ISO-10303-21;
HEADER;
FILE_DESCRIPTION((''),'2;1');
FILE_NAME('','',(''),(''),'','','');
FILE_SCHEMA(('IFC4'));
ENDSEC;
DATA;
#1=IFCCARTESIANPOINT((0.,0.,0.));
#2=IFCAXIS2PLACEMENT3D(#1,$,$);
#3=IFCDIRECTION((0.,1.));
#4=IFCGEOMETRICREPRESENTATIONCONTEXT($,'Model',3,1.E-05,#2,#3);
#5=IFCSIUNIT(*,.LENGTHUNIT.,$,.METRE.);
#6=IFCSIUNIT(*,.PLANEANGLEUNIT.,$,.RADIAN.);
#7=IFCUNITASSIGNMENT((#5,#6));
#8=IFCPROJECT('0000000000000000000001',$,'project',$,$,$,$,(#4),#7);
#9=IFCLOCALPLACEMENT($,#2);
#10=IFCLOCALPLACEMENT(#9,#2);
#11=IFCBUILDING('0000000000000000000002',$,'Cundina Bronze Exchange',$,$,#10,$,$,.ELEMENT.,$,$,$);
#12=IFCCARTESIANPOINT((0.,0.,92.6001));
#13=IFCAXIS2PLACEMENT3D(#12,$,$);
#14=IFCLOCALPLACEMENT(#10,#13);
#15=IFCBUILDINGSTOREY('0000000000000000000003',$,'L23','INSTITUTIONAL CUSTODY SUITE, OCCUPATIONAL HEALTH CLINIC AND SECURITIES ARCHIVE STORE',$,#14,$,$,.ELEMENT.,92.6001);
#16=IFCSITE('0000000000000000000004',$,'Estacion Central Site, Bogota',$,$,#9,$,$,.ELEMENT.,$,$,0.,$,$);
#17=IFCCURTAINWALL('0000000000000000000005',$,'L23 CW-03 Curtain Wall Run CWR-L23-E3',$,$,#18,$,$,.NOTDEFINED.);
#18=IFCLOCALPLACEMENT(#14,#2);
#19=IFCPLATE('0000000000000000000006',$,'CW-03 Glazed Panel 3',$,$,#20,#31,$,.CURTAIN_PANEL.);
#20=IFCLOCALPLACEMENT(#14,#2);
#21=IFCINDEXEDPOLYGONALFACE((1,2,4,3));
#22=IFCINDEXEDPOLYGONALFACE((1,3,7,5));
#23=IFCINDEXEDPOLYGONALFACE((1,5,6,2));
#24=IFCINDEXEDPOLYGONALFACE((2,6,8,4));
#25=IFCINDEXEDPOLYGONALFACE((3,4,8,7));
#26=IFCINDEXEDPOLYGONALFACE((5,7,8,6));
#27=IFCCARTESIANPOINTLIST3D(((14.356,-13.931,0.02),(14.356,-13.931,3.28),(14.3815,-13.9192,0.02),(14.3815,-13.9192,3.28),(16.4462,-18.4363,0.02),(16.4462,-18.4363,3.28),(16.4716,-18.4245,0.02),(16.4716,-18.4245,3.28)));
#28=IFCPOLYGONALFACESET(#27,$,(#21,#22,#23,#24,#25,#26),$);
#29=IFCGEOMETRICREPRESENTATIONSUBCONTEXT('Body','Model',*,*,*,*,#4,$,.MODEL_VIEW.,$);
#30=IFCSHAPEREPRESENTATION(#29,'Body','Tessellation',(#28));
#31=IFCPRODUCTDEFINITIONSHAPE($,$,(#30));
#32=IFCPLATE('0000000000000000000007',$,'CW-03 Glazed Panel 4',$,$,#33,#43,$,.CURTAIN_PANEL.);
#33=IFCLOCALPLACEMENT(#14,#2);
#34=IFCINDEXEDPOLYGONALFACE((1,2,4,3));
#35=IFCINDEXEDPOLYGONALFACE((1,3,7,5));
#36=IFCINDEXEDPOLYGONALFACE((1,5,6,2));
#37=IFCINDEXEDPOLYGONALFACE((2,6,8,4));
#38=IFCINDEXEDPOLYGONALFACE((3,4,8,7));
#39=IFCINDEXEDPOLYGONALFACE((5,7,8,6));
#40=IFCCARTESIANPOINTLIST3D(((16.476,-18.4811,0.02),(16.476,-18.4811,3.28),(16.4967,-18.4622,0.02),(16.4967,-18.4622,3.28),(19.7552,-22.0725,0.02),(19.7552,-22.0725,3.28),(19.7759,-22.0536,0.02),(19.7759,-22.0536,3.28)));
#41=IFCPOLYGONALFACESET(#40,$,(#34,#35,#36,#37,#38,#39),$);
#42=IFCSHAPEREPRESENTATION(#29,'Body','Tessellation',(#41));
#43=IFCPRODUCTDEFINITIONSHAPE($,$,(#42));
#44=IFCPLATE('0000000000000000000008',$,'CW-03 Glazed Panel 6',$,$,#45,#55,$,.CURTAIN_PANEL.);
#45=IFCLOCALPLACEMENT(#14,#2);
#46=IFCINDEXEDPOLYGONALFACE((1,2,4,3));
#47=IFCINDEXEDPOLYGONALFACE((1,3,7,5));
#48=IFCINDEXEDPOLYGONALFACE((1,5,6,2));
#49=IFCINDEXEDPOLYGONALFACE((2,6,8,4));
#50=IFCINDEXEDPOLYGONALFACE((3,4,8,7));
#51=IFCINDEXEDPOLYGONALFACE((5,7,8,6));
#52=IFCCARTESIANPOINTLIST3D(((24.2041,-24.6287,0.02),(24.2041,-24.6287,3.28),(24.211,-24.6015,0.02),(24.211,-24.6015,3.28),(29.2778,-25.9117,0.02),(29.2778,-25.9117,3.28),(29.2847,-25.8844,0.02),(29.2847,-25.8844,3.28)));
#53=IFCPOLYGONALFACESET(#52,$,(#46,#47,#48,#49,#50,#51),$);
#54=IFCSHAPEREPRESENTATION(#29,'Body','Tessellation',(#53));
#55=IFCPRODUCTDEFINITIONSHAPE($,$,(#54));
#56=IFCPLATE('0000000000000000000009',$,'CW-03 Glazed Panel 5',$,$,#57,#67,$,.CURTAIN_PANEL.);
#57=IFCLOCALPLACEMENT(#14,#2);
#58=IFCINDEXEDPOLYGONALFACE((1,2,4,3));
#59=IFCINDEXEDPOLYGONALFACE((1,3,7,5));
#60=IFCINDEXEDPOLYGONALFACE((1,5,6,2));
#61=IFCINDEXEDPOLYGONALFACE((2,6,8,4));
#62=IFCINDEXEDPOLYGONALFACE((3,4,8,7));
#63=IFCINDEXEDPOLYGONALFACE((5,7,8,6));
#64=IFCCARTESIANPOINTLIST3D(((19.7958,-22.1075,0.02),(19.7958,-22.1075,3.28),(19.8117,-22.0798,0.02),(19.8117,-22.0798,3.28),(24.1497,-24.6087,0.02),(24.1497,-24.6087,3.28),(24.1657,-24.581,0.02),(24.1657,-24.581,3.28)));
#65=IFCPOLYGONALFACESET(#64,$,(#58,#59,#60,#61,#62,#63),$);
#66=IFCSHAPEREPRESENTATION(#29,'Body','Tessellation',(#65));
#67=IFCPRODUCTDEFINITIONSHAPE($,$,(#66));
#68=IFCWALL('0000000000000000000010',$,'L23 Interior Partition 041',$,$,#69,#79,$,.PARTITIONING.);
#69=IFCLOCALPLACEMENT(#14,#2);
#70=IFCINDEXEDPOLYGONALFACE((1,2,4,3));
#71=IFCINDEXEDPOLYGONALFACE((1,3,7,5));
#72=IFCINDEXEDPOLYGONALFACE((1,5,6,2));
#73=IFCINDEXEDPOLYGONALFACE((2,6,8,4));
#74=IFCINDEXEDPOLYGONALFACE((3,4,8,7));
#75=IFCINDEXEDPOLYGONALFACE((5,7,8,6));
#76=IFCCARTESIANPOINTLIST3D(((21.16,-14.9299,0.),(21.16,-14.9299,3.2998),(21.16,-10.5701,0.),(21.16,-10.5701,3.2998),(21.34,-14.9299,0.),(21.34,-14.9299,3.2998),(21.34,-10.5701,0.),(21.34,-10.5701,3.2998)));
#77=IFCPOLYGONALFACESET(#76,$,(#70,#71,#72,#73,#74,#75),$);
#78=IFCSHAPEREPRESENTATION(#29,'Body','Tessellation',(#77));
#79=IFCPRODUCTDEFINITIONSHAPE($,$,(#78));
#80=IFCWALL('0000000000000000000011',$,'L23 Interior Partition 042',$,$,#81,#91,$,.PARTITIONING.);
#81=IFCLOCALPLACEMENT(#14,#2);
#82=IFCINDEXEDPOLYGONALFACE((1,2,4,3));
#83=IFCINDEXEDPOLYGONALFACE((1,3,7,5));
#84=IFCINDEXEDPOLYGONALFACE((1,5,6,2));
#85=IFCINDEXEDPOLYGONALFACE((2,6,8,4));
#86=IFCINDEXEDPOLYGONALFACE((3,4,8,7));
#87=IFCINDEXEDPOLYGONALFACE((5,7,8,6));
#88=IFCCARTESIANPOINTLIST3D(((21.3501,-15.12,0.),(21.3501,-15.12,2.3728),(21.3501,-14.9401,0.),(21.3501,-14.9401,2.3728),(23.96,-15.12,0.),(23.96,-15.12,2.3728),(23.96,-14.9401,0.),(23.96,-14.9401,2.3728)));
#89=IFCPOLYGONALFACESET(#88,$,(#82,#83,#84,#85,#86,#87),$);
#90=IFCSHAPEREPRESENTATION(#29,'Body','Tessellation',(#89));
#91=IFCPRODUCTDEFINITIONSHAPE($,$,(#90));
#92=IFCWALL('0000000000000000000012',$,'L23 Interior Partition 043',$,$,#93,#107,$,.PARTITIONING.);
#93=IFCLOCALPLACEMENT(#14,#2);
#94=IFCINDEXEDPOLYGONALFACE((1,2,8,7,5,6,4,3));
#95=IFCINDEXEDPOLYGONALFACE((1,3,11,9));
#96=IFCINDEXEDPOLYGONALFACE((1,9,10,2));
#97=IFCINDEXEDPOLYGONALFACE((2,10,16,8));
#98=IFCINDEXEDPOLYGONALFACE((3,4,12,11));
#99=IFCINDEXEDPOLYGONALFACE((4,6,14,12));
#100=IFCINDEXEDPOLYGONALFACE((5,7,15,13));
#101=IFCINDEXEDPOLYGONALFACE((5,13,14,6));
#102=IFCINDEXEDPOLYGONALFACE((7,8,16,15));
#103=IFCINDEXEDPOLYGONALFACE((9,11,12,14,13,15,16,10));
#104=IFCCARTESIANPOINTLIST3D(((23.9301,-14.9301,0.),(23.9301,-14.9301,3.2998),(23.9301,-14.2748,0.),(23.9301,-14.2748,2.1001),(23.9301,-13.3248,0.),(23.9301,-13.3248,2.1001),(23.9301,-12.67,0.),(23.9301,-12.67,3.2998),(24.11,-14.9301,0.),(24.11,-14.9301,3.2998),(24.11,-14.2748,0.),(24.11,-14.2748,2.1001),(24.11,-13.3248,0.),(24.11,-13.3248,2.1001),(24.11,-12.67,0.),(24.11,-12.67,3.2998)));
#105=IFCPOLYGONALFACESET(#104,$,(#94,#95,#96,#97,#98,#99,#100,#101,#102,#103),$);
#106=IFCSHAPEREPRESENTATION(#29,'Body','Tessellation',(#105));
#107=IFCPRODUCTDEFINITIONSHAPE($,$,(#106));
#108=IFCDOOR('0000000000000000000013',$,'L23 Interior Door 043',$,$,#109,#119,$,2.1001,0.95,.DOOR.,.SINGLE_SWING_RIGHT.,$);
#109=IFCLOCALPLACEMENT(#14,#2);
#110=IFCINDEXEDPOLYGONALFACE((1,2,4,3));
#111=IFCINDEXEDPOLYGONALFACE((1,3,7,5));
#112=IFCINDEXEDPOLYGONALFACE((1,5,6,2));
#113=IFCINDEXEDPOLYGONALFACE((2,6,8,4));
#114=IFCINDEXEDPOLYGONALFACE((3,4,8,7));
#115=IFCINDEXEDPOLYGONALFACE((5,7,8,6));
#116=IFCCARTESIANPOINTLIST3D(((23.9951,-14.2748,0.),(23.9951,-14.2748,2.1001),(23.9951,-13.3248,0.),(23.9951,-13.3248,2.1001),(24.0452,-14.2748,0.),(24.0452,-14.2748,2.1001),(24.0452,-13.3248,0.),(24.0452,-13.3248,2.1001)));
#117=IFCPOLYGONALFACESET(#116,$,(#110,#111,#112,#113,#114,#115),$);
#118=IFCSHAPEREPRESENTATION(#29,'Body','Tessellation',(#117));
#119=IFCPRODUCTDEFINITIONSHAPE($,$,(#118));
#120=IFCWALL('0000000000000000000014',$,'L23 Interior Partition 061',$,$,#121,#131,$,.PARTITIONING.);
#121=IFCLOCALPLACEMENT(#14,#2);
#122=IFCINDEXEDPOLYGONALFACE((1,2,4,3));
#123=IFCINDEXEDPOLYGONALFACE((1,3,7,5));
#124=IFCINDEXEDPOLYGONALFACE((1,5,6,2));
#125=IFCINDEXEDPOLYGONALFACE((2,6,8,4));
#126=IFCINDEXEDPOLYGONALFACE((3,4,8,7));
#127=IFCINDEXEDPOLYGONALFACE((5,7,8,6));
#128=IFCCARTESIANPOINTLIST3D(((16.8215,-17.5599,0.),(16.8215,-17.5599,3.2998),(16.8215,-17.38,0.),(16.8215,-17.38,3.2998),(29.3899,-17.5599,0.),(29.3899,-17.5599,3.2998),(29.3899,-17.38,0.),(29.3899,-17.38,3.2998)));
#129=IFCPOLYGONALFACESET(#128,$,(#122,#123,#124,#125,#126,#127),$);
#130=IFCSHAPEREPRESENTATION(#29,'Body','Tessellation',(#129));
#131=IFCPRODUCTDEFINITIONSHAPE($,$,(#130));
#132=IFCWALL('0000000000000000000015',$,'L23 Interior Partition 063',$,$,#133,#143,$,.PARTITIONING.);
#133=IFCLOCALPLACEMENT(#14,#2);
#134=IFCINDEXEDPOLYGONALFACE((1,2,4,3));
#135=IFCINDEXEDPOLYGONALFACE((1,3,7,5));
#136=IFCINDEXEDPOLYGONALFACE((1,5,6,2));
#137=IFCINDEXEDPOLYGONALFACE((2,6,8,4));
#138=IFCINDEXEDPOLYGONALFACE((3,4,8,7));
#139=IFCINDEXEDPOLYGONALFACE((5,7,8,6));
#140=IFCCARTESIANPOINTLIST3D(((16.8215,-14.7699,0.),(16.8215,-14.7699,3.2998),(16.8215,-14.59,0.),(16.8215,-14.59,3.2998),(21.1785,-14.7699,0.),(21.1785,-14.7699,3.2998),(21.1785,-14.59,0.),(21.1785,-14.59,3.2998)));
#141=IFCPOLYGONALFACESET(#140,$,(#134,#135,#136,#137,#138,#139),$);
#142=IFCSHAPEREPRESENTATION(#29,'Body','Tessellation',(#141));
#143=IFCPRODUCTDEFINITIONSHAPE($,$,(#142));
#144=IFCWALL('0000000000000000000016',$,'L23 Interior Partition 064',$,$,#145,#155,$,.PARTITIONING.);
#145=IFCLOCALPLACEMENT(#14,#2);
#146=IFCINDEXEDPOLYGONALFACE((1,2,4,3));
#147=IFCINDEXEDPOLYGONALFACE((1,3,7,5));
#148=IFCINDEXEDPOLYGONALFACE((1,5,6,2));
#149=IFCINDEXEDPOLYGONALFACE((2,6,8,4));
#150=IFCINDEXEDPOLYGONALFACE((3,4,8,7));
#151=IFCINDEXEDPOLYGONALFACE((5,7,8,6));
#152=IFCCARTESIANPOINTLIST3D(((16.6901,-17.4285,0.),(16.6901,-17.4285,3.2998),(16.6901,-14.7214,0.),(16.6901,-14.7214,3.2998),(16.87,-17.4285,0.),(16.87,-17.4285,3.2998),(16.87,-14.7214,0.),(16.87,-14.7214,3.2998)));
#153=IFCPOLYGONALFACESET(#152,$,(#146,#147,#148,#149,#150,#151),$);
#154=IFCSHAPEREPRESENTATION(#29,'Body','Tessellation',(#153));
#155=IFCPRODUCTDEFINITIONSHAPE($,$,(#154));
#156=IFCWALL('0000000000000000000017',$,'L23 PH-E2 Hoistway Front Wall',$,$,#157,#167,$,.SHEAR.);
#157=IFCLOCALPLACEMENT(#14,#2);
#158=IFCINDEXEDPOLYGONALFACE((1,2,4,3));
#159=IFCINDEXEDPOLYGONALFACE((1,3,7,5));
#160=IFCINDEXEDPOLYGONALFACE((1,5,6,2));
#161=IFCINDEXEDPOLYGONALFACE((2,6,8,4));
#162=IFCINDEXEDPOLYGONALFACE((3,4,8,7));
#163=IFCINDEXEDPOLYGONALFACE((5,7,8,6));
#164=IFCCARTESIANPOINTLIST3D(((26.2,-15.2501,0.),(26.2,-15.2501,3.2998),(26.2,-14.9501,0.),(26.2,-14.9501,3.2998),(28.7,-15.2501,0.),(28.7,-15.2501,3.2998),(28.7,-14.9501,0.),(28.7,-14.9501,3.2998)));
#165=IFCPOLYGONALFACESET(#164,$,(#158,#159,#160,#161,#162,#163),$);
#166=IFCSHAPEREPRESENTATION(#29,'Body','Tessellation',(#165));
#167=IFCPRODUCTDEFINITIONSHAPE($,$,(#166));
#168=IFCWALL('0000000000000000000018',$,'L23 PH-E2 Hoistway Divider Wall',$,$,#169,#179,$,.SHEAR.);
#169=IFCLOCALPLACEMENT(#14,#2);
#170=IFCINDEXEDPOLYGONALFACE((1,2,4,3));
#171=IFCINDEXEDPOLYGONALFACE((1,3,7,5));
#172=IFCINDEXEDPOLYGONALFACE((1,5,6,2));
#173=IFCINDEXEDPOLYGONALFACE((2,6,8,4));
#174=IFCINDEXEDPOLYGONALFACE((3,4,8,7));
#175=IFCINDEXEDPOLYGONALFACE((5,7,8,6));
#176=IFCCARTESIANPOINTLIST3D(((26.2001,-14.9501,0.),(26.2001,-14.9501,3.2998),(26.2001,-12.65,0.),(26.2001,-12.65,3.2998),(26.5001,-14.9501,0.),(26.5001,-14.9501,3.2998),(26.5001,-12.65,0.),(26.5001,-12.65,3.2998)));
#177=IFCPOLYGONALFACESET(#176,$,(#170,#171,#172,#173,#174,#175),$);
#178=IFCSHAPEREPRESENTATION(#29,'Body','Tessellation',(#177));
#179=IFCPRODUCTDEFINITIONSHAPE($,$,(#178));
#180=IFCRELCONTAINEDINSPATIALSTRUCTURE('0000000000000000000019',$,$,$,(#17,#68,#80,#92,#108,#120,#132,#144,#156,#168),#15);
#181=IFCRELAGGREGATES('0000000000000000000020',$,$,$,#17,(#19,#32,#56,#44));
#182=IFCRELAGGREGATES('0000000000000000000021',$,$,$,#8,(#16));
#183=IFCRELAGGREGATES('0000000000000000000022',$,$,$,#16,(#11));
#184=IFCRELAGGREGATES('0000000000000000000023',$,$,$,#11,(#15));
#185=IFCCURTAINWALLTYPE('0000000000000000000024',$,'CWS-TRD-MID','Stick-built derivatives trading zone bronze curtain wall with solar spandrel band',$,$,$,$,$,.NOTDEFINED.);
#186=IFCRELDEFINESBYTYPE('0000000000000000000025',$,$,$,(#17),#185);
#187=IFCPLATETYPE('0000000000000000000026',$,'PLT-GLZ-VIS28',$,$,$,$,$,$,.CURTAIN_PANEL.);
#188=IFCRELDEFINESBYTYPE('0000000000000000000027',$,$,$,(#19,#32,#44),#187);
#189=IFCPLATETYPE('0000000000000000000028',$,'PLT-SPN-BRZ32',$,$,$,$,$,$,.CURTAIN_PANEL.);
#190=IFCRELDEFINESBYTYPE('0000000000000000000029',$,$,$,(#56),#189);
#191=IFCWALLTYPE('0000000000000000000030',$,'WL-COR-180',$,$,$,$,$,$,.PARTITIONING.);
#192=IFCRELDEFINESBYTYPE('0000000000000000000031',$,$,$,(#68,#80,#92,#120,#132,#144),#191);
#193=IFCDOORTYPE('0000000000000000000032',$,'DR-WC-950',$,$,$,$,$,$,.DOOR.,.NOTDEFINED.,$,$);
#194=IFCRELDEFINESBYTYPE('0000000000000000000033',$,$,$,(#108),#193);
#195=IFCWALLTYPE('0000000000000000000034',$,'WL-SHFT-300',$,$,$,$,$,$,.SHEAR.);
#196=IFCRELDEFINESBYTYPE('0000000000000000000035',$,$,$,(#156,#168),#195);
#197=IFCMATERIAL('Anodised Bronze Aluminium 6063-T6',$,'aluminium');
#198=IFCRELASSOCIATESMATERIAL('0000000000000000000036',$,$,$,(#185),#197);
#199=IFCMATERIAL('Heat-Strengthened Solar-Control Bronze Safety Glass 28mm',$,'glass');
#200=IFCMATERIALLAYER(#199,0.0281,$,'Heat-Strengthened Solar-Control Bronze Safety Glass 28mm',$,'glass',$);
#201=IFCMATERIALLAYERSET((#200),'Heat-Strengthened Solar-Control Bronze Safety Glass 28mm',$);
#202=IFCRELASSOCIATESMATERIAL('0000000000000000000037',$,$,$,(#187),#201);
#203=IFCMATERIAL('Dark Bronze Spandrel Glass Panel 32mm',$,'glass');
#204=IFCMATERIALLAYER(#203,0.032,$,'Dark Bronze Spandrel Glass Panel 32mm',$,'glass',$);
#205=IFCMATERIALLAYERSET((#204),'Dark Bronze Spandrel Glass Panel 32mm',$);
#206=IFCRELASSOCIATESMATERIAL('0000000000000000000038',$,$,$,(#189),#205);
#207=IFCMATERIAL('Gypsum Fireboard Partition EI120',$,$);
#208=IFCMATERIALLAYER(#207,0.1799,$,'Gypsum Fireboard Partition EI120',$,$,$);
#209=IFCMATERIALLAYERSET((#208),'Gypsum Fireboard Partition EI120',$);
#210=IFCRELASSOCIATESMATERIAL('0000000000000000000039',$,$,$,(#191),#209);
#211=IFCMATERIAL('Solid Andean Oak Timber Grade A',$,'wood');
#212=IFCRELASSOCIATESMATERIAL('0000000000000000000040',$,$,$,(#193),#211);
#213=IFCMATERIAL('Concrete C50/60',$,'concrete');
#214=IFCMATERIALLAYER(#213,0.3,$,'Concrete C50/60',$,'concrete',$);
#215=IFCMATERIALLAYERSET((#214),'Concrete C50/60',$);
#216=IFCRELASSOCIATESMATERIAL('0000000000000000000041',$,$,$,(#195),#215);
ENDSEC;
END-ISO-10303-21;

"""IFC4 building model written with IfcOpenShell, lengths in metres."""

from ifc_helpers import new_model, si_unit, direction, frame, frame_2d, origin, origin_2d, place, context, subcontext, project, spatial, rectangle, extrude, material, layer, layer_set, type_object, element, fill, aggregate, save


model = new_model("IFC4")

# Units and contexts
model_context = context("Model", 3, precision=1e-05, world=origin(), true_north=direction((0.0, 1.0)))
body_context = subcontext(model_context, "Body", "Model", "MODEL_VIEW")
ifc_project = project(units=[si_unit("LENGTHUNIT", "METRE"), si_unit("PLANEANGLEUNIT", "RADIAN")], contexts=[model_context])

# Site, building, storey
site_placement = place(None, origin())
site = spatial("IfcSite", under=ifc_project, at=site_placement, Name="Estacion Central Site, Bogota", CompositionType="ELEMENT", RefElevation=0.0)
building_placement = place(site_placement, origin())
building = spatial("IfcBuilding", under=site, at=building_placement, Name="Cundina Bronze Exchange", CompositionType="ELEMENT")
storey_placement = place(building_placement, frame((0.0, 0.0, 92.6001)))
storey = spatial("IfcBuildingStorey", under=building, at=storey_placement, Name="L23", Description="INSTITUTIONAL CUSTODY SUITE, OCCUPATIONAL HEALTH CLINIC AND SECURITIES ARCHIVE STORE", CompositionType="ELEMENT", Elevation=92.6001)

# Curtain wall, plates
ifc_material_1 = material(Name="Anodised Bronze Aluminium 6063-T6", Category="aluminium")
curtain_wall_type = type_object("IfcCurtainWallType", Name="CWS-TRD-MID", Description="Stick-built derivatives trading zone bronze curtain wall with solar spandrel band", PredefinedType="NOTDEFINED", material=ifc_material_1)
curtain_wall_placement = place(storey_placement, origin())
curtain_wall = element("IfcCurtainWall", 1, at=curtain_wall_placement, inside=storey, type_object=curtain_wall_type, Name="L23 CW-03 Curtain Wall Run CWR-L23-E3", PredefinedType="NOTDEFINED")
ifc_material_2 = material(Name="Heat-Strengthened Solar-Control Bronze Safety Glass 28mm", Category="glass")
ifc_layer_1 = layer(ifc_material_2, 0.0281, Name="Heat-Strengthened Solar-Control Bronze Safety Glass 28mm", Category="glass")
ifc_layer_set_1 = layer_set([ifc_layer_1], Name="Heat-Strengthened Solar-Control Bronze Safety Glass 28mm")
plate_type_1 = type_object("IfcPlateType", Name="PLT-GLZ-VIS28", PredefinedType="CURTAIN_PANEL", material=ifc_layer_set_1)
plate_1_placement = place(storey_placement, frame((15.4138, -16.1777, 0.02), z_axis=(0.0, 0.0, 1.0), x_axis=(0.420846, -0.907132, 0.0)))
plate_1 = element("IfcPlate", 2, at=plate_1_placement, type_object=plate_type_1, Name="CW-03 Glazed Panel 3", PredefinedType="CURTAIN_PANEL", context=body_context, shape_type="SweptSolid", body=[
    extrude(rectangle(XDim=4.9666, YDim=0.0281, at=origin_2d()), origin(), (0.0, 0.0, 1.0), 3.26),
])
plate_2_placement = place(storey_placement, frame((18.126, -20.2673, 0.02), z_axis=(0.0, 0.0, 1.0), x_axis=(0.674277, -0.738479, 0.0)))
plate_2 = element("IfcPlate", 3, at=plate_2_placement, type_object=plate_type_1, Name="CW-03 Glazed Panel 4", PredefinedType="CURTAIN_PANEL", context=body_context, shape_type="SweptSolid", body=[
    extrude(rectangle(XDim=4.8633, YDim=0.0281, at=origin_2d()), origin(), (0.0, 0.0, 1.0), 3.26),
])
plate_3_placement = place(storey_placement, frame((26.7444, -25.2566, 0.02), z_axis=(0.0, 0.0, 1.0), x_axis=(0.969488, -0.245138, 0.0)))
plate_3 = element("IfcPlate", 4, at=plate_3_placement, type_object=plate_type_1, Name="CW-03 Glazed Panel 6", PredefinedType="CURTAIN_PANEL", context=body_context, shape_type="SweptSolid", body=[
    extrude(rectangle(XDim=5.2334, YDim=0.0281, at=origin_2d()), origin(), (0.0, 0.0, 1.0), 3.26),
])
ifc_material_3 = material(Name="Dark Bronze Spandrel Glass Panel 32mm", Category="glass")
ifc_layer_2 = layer(ifc_material_3, 0.032, Name="Dark Bronze Spandrel Glass Panel 32mm", Category="glass")
ifc_layer_set_2 = layer_set([ifc_layer_2], Name="Dark Bronze Spandrel Glass Panel 32mm")
plate_type_2 = type_object("IfcPlateType", Name="PLT-SPN-BRZ32", PredefinedType="CURTAIN_PANEL", material=ifc_layer_set_2)
plate_4_placement = place(storey_placement, frame((21.9807, -23.3442, 0.02), z_axis=(0.0, 0.0, 1.0), x_axis=(0.867105, -0.498125, 0.0)))
plate_4 = element("IfcPlate", 5, at=plate_4_placement, type_object=plate_type_2, Name="CW-03 Glazed Panel 5", PredefinedType="CURTAIN_PANEL", context=body_context, shape_type="SweptSolid", body=[
    extrude(rectangle(XDim=5.0212, YDim=0.032, at=origin_2d()), origin(), (0.0, 0.0, 1.0), 3.26),
])
aggregate(curtain_wall, [plate_1, plate_2, plate_4, plate_3])

# Walls
ifc_material_4 = material(Name="Gypsum Fireboard Partition EI120")
ifc_layer_3 = layer(ifc_material_4, 0.1799, Name="Gypsum Fireboard Partition EI120")
ifc_layer_set_3 = layer_set([ifc_layer_3], Name="Gypsum Fireboard Partition EI120")
wall_type_1 = type_object("IfcWallType", Name="WL-COR-180", PredefinedType="PARTITIONING", material=ifc_layer_set_3)
wall_1_placement = place(storey_placement, frame((21.25, -14.9299, 0.0), z_axis=(0.0, 0.0, 1.0), x_axis=(0.0, 1.0, 0.0)))
element("IfcWall", 6, at=wall_1_placement, inside=storey, type_object=wall_type_1, Name="L23 Interior Partition 041", PredefinedType="PARTITIONING", context=body_context, shape_type="SweptSolid", body=[
    extrude(rectangle(XDim=4.3599, YDim=0.1799, at=frame_2d((2.1799, 0.0))), origin(), (0.0, 0.0, 1.0), 3.2998),
])
wall_2_placement = place(storey_placement, frame((21.3501, -15.03, 0.0), z_axis=(0.0, 0.0, 1.0), x_axis=(1.0, 0.0, 0.0)))
element("IfcWall", 7, at=wall_2_placement, inside=storey, type_object=wall_type_1, Name="L23 Interior Partition 042", PredefinedType="PARTITIONING", context=body_context, shape_type="SweptSolid", body=[
    extrude(rectangle(XDim=2.6099, YDim=0.1799, at=frame_2d((1.3049, 0.0))), origin(), (0.0, 0.0, 1.0), 2.3728),
])

# Wall, opening, door
wall_3_placement = place(storey_placement, frame((24.02, -14.9299, 0.0), z_axis=(0.0, 0.0, 1.0), x_axis=(0.0, 1.0, 0.0)))
wall_3 = element("IfcWall", 8, at=wall_3_placement, inside=storey, type_object=wall_type_1, Name="L23 Interior Partition 043", PredefinedType="PARTITIONING", context=body_context, shape_type="SweptSolid", body=[
    extrude(rectangle(XDim=2.26, YDim=0.1799, at=frame_2d((1.1299, 0.0))), origin(), (0.0, 0.0, 1.0), 3.2998),
])
opening_placement = place(wall_3_placement, frame((0.655, 0.0, 0.0)))
opening = element("IfcOpeningElement", 9, at=opening_placement, cuts=wall_3, PredefinedType="OPENING", context=body_context, shape_type="SweptSolid", body=[
    extrude(rectangle(XDim=0.95, YDim=2.1001, at=frame_2d((0.4751, 1.05))), frame((0.0, 0.0999, 0.0), z_axis=(0.0, -1.0, 0.0), x_axis=(1.0, 0.0, 0.0)), (0.0, 0.0, 1.0), 0.2),
])
ifc_material_5 = material(Name="Solid Andean Oak Timber Grade A", Category="wood")
door_type = type_object("IfcDoorType", Name="DR-WC-950", OperationType="NOTDEFINED", PredefinedType="DOOR", material=ifc_material_5)
door_placement = place(opening_placement, origin())
door = element("IfcDoor", 10, at=door_placement, inside=storey, type_object=door_type, Name="L23 Interior Door 043", OperationType="SINGLE_SWING_RIGHT", OverallHeight=2.1001, OverallWidth=0.95, PredefinedType="DOOR", context=body_context, shape_type="SweptSolid", body=[
    extrude(rectangle(XDim=0.95, YDim=2.1001, at=frame_2d((0.4751, 1.05))), frame((0.0, 0.0249, 0.0), z_axis=(0.0, -1.0, 0.0), x_axis=(1.0, 0.0, 0.0)), (0.0, 0.0, 1.0), 0.05),
])
fill(opening, door)

# Walls
wall_4_placement = place(storey_placement, frame((16.8215, -17.47, 0.0), z_axis=(0.0, 0.0, 1.0), x_axis=(1.0, 0.0, 0.0)))
element("IfcWall", 11, at=wall_4_placement, inside=storey, type_object=wall_type_1, Name="L23 Interior Partition 061", PredefinedType="PARTITIONING", context=body_context, shape_type="SweptSolid", body=[
    extrude(rectangle(XDim=12.5684, YDim=0.1799, at=frame_2d((6.2842, 0.0))), origin(), (0.0, 0.0, 1.0), 3.2998),
])
wall_5_placement = place(storey_placement, frame((21.1785, -14.6799, 0.0), z_axis=(0.0, 0.0, 1.0), x_axis=(-1.0, 0.0, 0.0)))
element("IfcWall", 12, at=wall_5_placement, inside=storey, type_object=wall_type_1, Name="L23 Interior Partition 063", PredefinedType="PARTITIONING", context=body_context, shape_type="SweptSolid", body=[
    extrude(rectangle(XDim=4.3569, YDim=0.1799, at=frame_2d((2.1785, 0.0))), origin(), (0.0, 0.0, 1.0), 3.2998),
])
wall_6_placement = place(storey_placement, frame((16.78, -14.7214, 0.0), z_axis=(0.0, 0.0, 1.0), x_axis=(0.0, -1.0, 0.0)))
element("IfcWall", 13, at=wall_6_placement, inside=storey, type_object=wall_type_1, Name="L23 Interior Partition 064", PredefinedType="PARTITIONING", context=body_context, shape_type="SweptSolid", body=[
    extrude(rectangle(XDim=2.707, YDim=0.1799, at=frame_2d((1.3535, 0.0))), origin(), (0.0, 0.0, 1.0), 3.2998),
])
ifc_material_6 = material(Name="Concrete C50/60", Category="concrete")
ifc_layer_4 = layer(ifc_material_6, 0.3, Name="Concrete C50/60", Category="concrete")
ifc_layer_set_4 = layer_set([ifc_layer_4], Name="Concrete C50/60")
wall_type_2 = type_object("IfcWallType", Name="WL-SHFT-300", PredefinedType="SHEAR", material=ifc_layer_set_4)
wall_7_placement = place(storey_placement, frame((26.2, -15.1001, 0.0), z_axis=(0.0, 0.0, 1.0), x_axis=(1.0, 0.0, 0.0)))
element("IfcWall", 14, at=wall_7_placement, inside=storey, type_object=wall_type_2, Name="L23 PH-E2 Hoistway Front Wall", PredefinedType="SHEAR", context=body_context, shape_type="SweptSolid", body=[
    extrude(rectangle(XDim=2.5, YDim=0.3, at=frame_2d((1.25, 0.0))), origin(), (0.0, 0.0, 1.0), 3.2998),
])
wall_8_placement = place(storey_placement, frame((26.3501, -14.95, 0.0), z_axis=(0.0, 0.0, 1.0), x_axis=(0.0, 1.0, 0.0)))
element("IfcWall", 15, at=wall_8_placement, inside=storey, type_object=wall_type_2, Name="L23 PH-E2 Hoistway Divider Wall", PredefinedType="SHEAR", context=body_context, shape_type="SweptSolid", body=[
    extrude(rectangle(XDim=2.3, YDim=0.3, at=frame_2d((1.1499, 0.0))), origin(), (0.0, 0.0, 1.0), 3.2998),
])

save(model, "model.ifc")
